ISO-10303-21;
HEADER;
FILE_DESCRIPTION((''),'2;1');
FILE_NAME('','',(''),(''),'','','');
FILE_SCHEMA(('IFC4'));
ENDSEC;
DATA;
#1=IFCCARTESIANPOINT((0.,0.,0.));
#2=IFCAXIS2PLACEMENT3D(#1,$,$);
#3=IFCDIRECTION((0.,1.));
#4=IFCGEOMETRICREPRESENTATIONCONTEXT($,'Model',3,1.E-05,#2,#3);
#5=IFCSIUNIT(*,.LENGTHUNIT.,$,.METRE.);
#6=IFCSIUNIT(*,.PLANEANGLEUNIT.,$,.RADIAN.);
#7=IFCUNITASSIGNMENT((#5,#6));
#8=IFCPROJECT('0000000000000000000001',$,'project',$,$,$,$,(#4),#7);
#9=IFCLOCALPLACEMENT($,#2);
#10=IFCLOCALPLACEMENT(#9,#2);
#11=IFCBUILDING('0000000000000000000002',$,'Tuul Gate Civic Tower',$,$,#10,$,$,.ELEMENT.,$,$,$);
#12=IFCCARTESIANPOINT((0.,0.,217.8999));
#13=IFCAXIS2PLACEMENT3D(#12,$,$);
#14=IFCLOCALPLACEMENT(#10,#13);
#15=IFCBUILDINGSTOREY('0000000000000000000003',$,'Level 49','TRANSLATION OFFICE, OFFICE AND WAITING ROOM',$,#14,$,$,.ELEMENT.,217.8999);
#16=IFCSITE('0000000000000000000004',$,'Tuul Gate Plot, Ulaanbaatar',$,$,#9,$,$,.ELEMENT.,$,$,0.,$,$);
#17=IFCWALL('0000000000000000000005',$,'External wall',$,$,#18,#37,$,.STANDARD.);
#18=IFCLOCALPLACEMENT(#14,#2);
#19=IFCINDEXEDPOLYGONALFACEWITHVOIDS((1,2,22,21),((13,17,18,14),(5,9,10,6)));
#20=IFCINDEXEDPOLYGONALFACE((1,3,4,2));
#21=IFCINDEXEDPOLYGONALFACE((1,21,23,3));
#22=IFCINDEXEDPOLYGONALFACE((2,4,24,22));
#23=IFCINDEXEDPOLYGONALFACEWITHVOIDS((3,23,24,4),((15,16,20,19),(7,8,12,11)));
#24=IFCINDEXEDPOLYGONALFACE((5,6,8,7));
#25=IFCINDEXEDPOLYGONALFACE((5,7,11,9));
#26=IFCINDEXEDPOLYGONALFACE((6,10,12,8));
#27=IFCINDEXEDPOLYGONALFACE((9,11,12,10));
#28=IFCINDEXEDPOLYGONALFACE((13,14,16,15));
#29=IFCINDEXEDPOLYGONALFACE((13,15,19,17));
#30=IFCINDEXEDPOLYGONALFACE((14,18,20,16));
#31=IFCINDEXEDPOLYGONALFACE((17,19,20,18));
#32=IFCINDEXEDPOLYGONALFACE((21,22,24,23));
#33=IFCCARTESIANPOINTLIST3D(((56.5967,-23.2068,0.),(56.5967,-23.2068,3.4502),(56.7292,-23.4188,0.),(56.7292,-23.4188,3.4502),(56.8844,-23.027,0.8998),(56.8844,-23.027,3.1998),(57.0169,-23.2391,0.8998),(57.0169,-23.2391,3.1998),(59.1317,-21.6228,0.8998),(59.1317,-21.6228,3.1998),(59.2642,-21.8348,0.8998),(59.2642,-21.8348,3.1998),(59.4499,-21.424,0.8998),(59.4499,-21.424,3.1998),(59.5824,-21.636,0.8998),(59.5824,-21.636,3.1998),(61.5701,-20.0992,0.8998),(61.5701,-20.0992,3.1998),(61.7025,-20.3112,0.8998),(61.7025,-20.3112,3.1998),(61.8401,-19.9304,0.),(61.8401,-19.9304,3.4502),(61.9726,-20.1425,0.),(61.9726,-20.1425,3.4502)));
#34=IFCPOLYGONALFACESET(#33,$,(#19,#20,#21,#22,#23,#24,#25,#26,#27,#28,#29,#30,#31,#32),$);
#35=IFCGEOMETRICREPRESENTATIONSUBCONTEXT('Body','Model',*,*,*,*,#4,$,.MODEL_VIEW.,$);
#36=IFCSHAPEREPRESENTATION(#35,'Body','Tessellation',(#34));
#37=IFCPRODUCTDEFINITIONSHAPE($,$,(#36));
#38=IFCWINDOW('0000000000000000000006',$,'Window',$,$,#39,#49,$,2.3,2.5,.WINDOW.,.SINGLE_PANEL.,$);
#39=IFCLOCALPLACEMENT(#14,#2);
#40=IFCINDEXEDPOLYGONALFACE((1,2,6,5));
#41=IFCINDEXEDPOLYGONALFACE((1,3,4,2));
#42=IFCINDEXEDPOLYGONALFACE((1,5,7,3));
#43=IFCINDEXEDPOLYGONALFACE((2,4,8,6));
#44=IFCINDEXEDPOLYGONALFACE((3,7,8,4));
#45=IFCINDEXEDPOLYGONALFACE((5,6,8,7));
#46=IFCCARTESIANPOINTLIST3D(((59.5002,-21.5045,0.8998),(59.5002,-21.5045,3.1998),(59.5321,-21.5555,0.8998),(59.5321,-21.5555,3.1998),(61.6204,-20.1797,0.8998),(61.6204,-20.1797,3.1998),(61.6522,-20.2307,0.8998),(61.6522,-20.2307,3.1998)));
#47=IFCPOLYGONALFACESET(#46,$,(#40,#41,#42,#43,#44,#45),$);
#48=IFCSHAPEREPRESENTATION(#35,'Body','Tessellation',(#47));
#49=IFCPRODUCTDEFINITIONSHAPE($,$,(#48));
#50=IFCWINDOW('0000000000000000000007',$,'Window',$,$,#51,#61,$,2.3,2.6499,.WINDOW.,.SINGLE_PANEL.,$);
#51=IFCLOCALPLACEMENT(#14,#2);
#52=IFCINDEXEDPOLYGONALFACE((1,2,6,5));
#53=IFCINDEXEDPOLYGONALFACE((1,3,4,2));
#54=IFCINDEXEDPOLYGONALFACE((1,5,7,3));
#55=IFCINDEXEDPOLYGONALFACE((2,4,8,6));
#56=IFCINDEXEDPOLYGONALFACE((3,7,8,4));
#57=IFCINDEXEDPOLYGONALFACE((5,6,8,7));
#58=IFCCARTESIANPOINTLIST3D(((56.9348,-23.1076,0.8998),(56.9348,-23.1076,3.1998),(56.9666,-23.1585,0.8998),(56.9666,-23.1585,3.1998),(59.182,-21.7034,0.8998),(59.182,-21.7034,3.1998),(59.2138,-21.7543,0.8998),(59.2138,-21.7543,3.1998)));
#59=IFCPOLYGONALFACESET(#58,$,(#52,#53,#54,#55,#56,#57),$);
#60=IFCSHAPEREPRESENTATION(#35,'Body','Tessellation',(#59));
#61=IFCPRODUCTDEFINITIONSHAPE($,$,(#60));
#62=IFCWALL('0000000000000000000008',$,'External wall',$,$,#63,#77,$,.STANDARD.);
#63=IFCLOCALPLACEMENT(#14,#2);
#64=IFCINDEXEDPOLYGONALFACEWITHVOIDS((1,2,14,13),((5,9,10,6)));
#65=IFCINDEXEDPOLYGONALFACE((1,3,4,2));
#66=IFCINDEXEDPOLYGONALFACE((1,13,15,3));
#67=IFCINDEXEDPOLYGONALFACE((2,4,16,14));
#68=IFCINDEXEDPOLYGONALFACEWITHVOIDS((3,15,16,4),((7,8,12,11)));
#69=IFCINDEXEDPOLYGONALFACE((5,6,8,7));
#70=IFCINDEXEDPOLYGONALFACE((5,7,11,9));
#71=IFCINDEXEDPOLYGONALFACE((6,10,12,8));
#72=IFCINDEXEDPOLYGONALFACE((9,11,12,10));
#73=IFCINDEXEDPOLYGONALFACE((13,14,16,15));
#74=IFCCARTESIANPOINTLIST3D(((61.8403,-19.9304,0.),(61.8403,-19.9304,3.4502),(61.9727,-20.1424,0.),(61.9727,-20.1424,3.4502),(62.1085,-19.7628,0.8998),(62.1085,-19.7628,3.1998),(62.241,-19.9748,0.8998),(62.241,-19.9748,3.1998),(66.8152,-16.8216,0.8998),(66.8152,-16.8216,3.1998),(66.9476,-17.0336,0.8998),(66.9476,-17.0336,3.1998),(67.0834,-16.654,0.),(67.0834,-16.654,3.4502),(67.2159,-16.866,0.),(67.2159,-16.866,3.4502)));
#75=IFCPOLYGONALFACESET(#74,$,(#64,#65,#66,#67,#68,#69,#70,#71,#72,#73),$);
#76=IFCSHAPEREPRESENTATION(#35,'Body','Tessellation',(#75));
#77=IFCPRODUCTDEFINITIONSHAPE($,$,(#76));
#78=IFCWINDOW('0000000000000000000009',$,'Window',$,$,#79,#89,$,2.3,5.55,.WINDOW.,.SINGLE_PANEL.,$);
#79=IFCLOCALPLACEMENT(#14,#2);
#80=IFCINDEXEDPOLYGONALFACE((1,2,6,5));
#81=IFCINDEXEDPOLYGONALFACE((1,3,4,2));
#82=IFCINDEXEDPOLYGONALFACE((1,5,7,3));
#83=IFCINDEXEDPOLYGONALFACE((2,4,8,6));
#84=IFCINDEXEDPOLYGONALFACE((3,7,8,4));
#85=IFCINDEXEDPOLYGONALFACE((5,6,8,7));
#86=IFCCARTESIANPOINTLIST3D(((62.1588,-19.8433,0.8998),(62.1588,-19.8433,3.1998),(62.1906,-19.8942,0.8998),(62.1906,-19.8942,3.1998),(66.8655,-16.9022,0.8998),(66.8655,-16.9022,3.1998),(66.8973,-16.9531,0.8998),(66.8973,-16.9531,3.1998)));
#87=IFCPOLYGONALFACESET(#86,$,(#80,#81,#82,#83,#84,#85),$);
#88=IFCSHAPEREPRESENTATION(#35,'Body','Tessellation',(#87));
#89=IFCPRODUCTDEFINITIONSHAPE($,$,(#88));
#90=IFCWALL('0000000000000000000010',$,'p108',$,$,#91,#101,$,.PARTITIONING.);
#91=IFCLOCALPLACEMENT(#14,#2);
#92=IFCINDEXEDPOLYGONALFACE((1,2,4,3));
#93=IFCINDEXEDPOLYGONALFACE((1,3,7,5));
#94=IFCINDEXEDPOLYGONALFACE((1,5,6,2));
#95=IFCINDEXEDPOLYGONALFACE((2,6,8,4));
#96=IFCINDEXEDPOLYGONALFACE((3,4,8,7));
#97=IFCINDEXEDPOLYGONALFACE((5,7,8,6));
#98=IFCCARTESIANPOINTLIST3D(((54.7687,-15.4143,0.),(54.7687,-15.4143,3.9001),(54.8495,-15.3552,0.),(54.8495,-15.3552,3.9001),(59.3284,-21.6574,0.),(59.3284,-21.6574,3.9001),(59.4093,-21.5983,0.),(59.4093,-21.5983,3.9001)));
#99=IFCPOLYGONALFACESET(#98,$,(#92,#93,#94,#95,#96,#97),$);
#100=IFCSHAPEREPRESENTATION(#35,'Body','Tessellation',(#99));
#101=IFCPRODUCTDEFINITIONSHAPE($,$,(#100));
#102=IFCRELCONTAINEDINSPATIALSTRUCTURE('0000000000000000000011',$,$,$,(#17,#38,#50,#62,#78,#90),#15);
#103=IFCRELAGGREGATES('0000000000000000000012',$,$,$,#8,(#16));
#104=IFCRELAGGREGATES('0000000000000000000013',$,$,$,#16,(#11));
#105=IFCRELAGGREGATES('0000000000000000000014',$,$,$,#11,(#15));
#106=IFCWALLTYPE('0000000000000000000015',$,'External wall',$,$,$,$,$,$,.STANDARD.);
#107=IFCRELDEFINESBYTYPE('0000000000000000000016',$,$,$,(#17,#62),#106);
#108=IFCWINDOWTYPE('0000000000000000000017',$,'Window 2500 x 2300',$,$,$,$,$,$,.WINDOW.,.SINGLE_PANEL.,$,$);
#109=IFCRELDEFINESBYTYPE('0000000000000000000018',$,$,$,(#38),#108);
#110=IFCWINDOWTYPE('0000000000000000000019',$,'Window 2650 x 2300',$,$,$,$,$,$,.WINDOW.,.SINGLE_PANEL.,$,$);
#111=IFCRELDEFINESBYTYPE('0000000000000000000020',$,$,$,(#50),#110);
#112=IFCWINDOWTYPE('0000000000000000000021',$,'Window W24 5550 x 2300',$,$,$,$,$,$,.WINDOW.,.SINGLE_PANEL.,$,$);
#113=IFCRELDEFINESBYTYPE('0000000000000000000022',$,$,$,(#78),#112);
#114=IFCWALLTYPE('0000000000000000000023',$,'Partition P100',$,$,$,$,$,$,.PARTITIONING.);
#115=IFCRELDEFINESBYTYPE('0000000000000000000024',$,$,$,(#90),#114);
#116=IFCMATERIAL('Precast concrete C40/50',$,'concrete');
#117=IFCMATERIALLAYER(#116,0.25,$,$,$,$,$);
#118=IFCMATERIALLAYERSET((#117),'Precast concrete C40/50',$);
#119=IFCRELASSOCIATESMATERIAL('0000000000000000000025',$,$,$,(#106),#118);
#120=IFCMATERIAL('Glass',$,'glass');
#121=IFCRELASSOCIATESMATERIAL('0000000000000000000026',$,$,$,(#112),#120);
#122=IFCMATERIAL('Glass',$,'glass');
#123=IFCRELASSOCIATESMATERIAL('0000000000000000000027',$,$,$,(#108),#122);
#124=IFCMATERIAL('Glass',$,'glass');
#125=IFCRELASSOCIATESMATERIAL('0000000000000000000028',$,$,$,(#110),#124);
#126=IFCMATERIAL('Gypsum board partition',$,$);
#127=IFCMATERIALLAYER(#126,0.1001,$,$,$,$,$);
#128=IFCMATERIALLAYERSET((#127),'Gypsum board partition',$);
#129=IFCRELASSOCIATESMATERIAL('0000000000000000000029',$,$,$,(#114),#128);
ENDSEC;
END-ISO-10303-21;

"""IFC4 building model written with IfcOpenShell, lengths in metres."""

from ifc_helpers import new_model, si_unit, direction, frame, frame_2d, origin, place, context, subcontext, project, spatial, rectangle, extrude, material, layer, layer_set, type_object, element, fill, save


model = new_model("IFC4")

# Units and contexts
model_context = context("Model", 3, precision=1e-05, world=origin(), true_north=direction((0.0, 1.0)))
body_context = subcontext(model_context, "Body", "Model", "MODEL_VIEW")
ifc_project = project(units=[si_unit("LENGTHUNIT", "METRE"), si_unit("PLANEANGLEUNIT", "RADIAN")], contexts=[model_context])

# Site, building, storey
site_placement = place(None, origin())
site = spatial("IfcSite", under=ifc_project, at=site_placement, Name="Tuul Gate Plot, Ulaanbaatar", CompositionType="ELEMENT", RefElevation=0.0)
building_placement = place(site_placement, origin())
building = spatial("IfcBuilding", under=site, at=building_placement, Name="Tuul Gate Civic Tower", CompositionType="ELEMENT")
storey_placement = place(building_placement, frame((0.0, 0.0, 217.8999)))
storey = spatial("IfcBuildingStorey", under=building, at=storey_placement, Name="Level 49", Description="TRANSLATION OFFICE, OFFICE AND WAITING ROOM", CompositionType="ELEMENT", Elevation=217.8999)

# Shared definitions
ifc_material_1 = material(Name="Precast concrete C40/50", Category="concrete")
ifc_layer_1 = layer(ifc_material_1, 0.25)
ifc_layer_set_1 = layer_set([ifc_layer_1], Name="Precast concrete C40/50")
wall_type_1 = type_object("IfcWallType", Name="External wall", PredefinedType="STANDARD", material=ifc_layer_set_1)

# Shared definitions
ifc_material_2 = material(Name="Glass", Category="glass")
window_type_1 = type_object("IfcWindowType", Name="Window W24 5550 x 2300", PartitioningType="SINGLE_PANEL", PredefinedType="WINDOW", material=ifc_material_2)

# Wall, openings, windows
wall_1_placement = place(storey_placement, frame((56.6631, -23.3127, 0.0), z_axis=(0.0, 0.0, 1.0), x_axis=(0.848054, 0.52991, 0.0)))
wall_1 = element("IfcWall", 1, at=wall_1_placement, inside=storey, type_object=wall_type_1, Name="External wall", PredefinedType="STANDARD", context=body_context, shape_type="SweptSolid", body=[
    extrude(rectangle(XDim=6.1829, YDim=0.25, at=frame_2d((3.0913, 0.0))), origin(), (0.0, 0.0, 1.0), 3.4502),
])
opening_1_placement = place(wall_1_placement, frame((0.3391, 0.0, 0.8999)))
opening_1 = element("IfcOpeningElement", 2, at=opening_1_placement, cuts=wall_1, PredefinedType="OPENING", context=body_context, shape_type="SweptSolid", body=[
    extrude(rectangle(XDim=2.6499, YDim=2.3, at=frame_2d((1.325, 1.1499))), frame((0.0, 0.135, 0.0), z_axis=(0.0, -1.0, 0.0), x_axis=(1.0, 0.0, 0.0)), (0.0, 0.0, 1.0), 0.27),
])
opening_2_placement = place(wall_1_placement, frame((3.3643, 0.0, 0.8999)))
opening_2 = element("IfcOpeningElement", 3, at=opening_2_placement, cuts=wall_1, PredefinedType="OPENING", context=body_context, shape_type="SweptSolid", body=[
    extrude(rectangle(XDim=2.5, YDim=2.3, at=frame_2d((1.25, 1.1499))), frame((0.0, 0.135, 0.0), z_axis=(0.0, -1.0, 0.0), x_axis=(1.0, 0.0, 0.0)), (0.0, 0.0, 1.0), 0.27),
])
ifc_material_3 = material(Name="Glass", Category="glass")
window_type_2 = type_object("IfcWindowType", Name="Window 2500 x 2300", PartitioningType="SINGLE_PANEL", PredefinedType="WINDOW", material=ifc_material_3)
window_1_placement = place(opening_2_placement, origin())
window_1 = element("IfcWindow", 4, at=window_1_placement, inside=storey, type_object=window_type_2, Name="Window", OverallHeight=2.3, OverallWidth=2.5, PartitioningType="SINGLE_PANEL", PredefinedType="WINDOW", context=body_context, shape_type="SweptSolid", body=[
    extrude(rectangle(XDim=2.5, YDim=2.3, at=frame_2d((1.25, 1.1499))), frame((0.0, 0.03, 0.0), z_axis=(0.0, -1.0, 0.0), x_axis=(1.0, 0.0, 0.0)), (0.0, 0.0, 1.0), 0.0601),
])
fill(opening_2, window_1)
ifc_material_4 = material(Name="Glass", Category="glass")
window_type_3 = type_object("IfcWindowType", Name="Window 2650 x 2300", PartitioningType="SINGLE_PANEL", PredefinedType="WINDOW", material=ifc_material_4)
window_2_placement = place(opening_1_placement, origin())
window_2 = element("IfcWindow", 5, at=window_2_placement, inside=storey, type_object=window_type_3, Name="Window", OverallHeight=2.3, OverallWidth=2.6499, PartitioningType="SINGLE_PANEL", PredefinedType="WINDOW", context=body_context, shape_type="SweptSolid", body=[
    extrude(rectangle(XDim=2.6499, YDim=2.3, at=frame_2d((1.325, 1.1499))), frame((0.0, 0.03, 0.0), z_axis=(0.0, -1.0, 0.0), x_axis=(1.0, 0.0, 0.0)), (0.0, 0.0, 1.0), 0.0601),
])
fill(opening_1, window_2)

# Wall, opening, window
wall_2_placement = place(storey_placement, frame((61.9065, -20.0364, 0.0), z_axis=(0.0, 0.0, 1.0), x_axis=(0.848043, 0.529928, 0.0)))
wall_2 = element("IfcWall", 6, at=wall_2_placement, inside=storey, type_object=wall_type_1, Name="External wall", PredefinedType="STANDARD", context=body_context, shape_type="SweptSolid", body=[
    extrude(rectangle(XDim=6.1826, YDim=0.25, at=frame_2d((3.0913, 0.0))), origin(), (0.0, 0.0, 1.0), 3.4502),
])
opening_3_placement = place(wall_2_placement, frame((0.3164, 0.0, 0.8999)))
opening_3 = element("IfcOpeningElement", 7, at=opening_3_placement, cuts=wall_2, PredefinedType="OPENING", context=body_context, shape_type="SweptSolid", body=[
    extrude(rectangle(XDim=5.55, YDim=2.3, at=frame_2d((2.7749, 1.1499))), frame((0.0, 0.135, 0.0), z_axis=(0.0, -1.0, 0.0), x_axis=(1.0, 0.0, 0.0)), (0.0, 0.0, 1.0), 0.27),
])
window_3_placement = place(opening_3_placement, origin())
window_3 = element("IfcWindow", 8, at=window_3_placement, inside=storey, type_object=window_type_1, Name="Window", OverallHeight=2.3, OverallWidth=5.55, PartitioningType="SINGLE_PANEL", PredefinedType="WINDOW", context=body_context, shape_type="SweptSolid", body=[
    extrude(rectangle(XDim=5.55, YDim=2.3, at=frame_2d((2.7749, 1.1499))), frame((0.0, 0.03, 0.0), z_axis=(0.0, -1.0, 0.0), x_axis=(1.0, 0.0, 0.0)), (0.0, 0.0, 1.0), 0.0601),
])
fill(opening_3, window_3)

# Wall
ifc_material_5 = material(Name="Gypsum board partition")
ifc_layer_2 = layer(ifc_material_5, 0.1001)
ifc_layer_set_2 = layer_set([ifc_layer_2], Name="Gypsum board partition")
wall_type_2 = type_object("IfcWallType", Name="Partition P100", PredefinedType="PARTITIONING", material=ifc_layer_set_2)
wall_3_placement = place(storey_placement, frame((54.8091, -15.3848, 0.0), z_axis=(0.0, 0.0, 1.0), x_axis=(0.589806, -0.807545, 0.0)))
element("IfcWall", 9, at=wall_3_placement, inside=storey, type_object=wall_type_2, Name="p108", PredefinedType="PARTITIONING", context=body_context, shape_type="SweptSolid", body=[
    extrude(rectangle(XDim=7.731, YDim=0.1001, at=frame_2d((3.8655, 0.0))), origin(), (0.0, 0.0, 1.0), 3.9001),
])

save(model, "model.ifc")
